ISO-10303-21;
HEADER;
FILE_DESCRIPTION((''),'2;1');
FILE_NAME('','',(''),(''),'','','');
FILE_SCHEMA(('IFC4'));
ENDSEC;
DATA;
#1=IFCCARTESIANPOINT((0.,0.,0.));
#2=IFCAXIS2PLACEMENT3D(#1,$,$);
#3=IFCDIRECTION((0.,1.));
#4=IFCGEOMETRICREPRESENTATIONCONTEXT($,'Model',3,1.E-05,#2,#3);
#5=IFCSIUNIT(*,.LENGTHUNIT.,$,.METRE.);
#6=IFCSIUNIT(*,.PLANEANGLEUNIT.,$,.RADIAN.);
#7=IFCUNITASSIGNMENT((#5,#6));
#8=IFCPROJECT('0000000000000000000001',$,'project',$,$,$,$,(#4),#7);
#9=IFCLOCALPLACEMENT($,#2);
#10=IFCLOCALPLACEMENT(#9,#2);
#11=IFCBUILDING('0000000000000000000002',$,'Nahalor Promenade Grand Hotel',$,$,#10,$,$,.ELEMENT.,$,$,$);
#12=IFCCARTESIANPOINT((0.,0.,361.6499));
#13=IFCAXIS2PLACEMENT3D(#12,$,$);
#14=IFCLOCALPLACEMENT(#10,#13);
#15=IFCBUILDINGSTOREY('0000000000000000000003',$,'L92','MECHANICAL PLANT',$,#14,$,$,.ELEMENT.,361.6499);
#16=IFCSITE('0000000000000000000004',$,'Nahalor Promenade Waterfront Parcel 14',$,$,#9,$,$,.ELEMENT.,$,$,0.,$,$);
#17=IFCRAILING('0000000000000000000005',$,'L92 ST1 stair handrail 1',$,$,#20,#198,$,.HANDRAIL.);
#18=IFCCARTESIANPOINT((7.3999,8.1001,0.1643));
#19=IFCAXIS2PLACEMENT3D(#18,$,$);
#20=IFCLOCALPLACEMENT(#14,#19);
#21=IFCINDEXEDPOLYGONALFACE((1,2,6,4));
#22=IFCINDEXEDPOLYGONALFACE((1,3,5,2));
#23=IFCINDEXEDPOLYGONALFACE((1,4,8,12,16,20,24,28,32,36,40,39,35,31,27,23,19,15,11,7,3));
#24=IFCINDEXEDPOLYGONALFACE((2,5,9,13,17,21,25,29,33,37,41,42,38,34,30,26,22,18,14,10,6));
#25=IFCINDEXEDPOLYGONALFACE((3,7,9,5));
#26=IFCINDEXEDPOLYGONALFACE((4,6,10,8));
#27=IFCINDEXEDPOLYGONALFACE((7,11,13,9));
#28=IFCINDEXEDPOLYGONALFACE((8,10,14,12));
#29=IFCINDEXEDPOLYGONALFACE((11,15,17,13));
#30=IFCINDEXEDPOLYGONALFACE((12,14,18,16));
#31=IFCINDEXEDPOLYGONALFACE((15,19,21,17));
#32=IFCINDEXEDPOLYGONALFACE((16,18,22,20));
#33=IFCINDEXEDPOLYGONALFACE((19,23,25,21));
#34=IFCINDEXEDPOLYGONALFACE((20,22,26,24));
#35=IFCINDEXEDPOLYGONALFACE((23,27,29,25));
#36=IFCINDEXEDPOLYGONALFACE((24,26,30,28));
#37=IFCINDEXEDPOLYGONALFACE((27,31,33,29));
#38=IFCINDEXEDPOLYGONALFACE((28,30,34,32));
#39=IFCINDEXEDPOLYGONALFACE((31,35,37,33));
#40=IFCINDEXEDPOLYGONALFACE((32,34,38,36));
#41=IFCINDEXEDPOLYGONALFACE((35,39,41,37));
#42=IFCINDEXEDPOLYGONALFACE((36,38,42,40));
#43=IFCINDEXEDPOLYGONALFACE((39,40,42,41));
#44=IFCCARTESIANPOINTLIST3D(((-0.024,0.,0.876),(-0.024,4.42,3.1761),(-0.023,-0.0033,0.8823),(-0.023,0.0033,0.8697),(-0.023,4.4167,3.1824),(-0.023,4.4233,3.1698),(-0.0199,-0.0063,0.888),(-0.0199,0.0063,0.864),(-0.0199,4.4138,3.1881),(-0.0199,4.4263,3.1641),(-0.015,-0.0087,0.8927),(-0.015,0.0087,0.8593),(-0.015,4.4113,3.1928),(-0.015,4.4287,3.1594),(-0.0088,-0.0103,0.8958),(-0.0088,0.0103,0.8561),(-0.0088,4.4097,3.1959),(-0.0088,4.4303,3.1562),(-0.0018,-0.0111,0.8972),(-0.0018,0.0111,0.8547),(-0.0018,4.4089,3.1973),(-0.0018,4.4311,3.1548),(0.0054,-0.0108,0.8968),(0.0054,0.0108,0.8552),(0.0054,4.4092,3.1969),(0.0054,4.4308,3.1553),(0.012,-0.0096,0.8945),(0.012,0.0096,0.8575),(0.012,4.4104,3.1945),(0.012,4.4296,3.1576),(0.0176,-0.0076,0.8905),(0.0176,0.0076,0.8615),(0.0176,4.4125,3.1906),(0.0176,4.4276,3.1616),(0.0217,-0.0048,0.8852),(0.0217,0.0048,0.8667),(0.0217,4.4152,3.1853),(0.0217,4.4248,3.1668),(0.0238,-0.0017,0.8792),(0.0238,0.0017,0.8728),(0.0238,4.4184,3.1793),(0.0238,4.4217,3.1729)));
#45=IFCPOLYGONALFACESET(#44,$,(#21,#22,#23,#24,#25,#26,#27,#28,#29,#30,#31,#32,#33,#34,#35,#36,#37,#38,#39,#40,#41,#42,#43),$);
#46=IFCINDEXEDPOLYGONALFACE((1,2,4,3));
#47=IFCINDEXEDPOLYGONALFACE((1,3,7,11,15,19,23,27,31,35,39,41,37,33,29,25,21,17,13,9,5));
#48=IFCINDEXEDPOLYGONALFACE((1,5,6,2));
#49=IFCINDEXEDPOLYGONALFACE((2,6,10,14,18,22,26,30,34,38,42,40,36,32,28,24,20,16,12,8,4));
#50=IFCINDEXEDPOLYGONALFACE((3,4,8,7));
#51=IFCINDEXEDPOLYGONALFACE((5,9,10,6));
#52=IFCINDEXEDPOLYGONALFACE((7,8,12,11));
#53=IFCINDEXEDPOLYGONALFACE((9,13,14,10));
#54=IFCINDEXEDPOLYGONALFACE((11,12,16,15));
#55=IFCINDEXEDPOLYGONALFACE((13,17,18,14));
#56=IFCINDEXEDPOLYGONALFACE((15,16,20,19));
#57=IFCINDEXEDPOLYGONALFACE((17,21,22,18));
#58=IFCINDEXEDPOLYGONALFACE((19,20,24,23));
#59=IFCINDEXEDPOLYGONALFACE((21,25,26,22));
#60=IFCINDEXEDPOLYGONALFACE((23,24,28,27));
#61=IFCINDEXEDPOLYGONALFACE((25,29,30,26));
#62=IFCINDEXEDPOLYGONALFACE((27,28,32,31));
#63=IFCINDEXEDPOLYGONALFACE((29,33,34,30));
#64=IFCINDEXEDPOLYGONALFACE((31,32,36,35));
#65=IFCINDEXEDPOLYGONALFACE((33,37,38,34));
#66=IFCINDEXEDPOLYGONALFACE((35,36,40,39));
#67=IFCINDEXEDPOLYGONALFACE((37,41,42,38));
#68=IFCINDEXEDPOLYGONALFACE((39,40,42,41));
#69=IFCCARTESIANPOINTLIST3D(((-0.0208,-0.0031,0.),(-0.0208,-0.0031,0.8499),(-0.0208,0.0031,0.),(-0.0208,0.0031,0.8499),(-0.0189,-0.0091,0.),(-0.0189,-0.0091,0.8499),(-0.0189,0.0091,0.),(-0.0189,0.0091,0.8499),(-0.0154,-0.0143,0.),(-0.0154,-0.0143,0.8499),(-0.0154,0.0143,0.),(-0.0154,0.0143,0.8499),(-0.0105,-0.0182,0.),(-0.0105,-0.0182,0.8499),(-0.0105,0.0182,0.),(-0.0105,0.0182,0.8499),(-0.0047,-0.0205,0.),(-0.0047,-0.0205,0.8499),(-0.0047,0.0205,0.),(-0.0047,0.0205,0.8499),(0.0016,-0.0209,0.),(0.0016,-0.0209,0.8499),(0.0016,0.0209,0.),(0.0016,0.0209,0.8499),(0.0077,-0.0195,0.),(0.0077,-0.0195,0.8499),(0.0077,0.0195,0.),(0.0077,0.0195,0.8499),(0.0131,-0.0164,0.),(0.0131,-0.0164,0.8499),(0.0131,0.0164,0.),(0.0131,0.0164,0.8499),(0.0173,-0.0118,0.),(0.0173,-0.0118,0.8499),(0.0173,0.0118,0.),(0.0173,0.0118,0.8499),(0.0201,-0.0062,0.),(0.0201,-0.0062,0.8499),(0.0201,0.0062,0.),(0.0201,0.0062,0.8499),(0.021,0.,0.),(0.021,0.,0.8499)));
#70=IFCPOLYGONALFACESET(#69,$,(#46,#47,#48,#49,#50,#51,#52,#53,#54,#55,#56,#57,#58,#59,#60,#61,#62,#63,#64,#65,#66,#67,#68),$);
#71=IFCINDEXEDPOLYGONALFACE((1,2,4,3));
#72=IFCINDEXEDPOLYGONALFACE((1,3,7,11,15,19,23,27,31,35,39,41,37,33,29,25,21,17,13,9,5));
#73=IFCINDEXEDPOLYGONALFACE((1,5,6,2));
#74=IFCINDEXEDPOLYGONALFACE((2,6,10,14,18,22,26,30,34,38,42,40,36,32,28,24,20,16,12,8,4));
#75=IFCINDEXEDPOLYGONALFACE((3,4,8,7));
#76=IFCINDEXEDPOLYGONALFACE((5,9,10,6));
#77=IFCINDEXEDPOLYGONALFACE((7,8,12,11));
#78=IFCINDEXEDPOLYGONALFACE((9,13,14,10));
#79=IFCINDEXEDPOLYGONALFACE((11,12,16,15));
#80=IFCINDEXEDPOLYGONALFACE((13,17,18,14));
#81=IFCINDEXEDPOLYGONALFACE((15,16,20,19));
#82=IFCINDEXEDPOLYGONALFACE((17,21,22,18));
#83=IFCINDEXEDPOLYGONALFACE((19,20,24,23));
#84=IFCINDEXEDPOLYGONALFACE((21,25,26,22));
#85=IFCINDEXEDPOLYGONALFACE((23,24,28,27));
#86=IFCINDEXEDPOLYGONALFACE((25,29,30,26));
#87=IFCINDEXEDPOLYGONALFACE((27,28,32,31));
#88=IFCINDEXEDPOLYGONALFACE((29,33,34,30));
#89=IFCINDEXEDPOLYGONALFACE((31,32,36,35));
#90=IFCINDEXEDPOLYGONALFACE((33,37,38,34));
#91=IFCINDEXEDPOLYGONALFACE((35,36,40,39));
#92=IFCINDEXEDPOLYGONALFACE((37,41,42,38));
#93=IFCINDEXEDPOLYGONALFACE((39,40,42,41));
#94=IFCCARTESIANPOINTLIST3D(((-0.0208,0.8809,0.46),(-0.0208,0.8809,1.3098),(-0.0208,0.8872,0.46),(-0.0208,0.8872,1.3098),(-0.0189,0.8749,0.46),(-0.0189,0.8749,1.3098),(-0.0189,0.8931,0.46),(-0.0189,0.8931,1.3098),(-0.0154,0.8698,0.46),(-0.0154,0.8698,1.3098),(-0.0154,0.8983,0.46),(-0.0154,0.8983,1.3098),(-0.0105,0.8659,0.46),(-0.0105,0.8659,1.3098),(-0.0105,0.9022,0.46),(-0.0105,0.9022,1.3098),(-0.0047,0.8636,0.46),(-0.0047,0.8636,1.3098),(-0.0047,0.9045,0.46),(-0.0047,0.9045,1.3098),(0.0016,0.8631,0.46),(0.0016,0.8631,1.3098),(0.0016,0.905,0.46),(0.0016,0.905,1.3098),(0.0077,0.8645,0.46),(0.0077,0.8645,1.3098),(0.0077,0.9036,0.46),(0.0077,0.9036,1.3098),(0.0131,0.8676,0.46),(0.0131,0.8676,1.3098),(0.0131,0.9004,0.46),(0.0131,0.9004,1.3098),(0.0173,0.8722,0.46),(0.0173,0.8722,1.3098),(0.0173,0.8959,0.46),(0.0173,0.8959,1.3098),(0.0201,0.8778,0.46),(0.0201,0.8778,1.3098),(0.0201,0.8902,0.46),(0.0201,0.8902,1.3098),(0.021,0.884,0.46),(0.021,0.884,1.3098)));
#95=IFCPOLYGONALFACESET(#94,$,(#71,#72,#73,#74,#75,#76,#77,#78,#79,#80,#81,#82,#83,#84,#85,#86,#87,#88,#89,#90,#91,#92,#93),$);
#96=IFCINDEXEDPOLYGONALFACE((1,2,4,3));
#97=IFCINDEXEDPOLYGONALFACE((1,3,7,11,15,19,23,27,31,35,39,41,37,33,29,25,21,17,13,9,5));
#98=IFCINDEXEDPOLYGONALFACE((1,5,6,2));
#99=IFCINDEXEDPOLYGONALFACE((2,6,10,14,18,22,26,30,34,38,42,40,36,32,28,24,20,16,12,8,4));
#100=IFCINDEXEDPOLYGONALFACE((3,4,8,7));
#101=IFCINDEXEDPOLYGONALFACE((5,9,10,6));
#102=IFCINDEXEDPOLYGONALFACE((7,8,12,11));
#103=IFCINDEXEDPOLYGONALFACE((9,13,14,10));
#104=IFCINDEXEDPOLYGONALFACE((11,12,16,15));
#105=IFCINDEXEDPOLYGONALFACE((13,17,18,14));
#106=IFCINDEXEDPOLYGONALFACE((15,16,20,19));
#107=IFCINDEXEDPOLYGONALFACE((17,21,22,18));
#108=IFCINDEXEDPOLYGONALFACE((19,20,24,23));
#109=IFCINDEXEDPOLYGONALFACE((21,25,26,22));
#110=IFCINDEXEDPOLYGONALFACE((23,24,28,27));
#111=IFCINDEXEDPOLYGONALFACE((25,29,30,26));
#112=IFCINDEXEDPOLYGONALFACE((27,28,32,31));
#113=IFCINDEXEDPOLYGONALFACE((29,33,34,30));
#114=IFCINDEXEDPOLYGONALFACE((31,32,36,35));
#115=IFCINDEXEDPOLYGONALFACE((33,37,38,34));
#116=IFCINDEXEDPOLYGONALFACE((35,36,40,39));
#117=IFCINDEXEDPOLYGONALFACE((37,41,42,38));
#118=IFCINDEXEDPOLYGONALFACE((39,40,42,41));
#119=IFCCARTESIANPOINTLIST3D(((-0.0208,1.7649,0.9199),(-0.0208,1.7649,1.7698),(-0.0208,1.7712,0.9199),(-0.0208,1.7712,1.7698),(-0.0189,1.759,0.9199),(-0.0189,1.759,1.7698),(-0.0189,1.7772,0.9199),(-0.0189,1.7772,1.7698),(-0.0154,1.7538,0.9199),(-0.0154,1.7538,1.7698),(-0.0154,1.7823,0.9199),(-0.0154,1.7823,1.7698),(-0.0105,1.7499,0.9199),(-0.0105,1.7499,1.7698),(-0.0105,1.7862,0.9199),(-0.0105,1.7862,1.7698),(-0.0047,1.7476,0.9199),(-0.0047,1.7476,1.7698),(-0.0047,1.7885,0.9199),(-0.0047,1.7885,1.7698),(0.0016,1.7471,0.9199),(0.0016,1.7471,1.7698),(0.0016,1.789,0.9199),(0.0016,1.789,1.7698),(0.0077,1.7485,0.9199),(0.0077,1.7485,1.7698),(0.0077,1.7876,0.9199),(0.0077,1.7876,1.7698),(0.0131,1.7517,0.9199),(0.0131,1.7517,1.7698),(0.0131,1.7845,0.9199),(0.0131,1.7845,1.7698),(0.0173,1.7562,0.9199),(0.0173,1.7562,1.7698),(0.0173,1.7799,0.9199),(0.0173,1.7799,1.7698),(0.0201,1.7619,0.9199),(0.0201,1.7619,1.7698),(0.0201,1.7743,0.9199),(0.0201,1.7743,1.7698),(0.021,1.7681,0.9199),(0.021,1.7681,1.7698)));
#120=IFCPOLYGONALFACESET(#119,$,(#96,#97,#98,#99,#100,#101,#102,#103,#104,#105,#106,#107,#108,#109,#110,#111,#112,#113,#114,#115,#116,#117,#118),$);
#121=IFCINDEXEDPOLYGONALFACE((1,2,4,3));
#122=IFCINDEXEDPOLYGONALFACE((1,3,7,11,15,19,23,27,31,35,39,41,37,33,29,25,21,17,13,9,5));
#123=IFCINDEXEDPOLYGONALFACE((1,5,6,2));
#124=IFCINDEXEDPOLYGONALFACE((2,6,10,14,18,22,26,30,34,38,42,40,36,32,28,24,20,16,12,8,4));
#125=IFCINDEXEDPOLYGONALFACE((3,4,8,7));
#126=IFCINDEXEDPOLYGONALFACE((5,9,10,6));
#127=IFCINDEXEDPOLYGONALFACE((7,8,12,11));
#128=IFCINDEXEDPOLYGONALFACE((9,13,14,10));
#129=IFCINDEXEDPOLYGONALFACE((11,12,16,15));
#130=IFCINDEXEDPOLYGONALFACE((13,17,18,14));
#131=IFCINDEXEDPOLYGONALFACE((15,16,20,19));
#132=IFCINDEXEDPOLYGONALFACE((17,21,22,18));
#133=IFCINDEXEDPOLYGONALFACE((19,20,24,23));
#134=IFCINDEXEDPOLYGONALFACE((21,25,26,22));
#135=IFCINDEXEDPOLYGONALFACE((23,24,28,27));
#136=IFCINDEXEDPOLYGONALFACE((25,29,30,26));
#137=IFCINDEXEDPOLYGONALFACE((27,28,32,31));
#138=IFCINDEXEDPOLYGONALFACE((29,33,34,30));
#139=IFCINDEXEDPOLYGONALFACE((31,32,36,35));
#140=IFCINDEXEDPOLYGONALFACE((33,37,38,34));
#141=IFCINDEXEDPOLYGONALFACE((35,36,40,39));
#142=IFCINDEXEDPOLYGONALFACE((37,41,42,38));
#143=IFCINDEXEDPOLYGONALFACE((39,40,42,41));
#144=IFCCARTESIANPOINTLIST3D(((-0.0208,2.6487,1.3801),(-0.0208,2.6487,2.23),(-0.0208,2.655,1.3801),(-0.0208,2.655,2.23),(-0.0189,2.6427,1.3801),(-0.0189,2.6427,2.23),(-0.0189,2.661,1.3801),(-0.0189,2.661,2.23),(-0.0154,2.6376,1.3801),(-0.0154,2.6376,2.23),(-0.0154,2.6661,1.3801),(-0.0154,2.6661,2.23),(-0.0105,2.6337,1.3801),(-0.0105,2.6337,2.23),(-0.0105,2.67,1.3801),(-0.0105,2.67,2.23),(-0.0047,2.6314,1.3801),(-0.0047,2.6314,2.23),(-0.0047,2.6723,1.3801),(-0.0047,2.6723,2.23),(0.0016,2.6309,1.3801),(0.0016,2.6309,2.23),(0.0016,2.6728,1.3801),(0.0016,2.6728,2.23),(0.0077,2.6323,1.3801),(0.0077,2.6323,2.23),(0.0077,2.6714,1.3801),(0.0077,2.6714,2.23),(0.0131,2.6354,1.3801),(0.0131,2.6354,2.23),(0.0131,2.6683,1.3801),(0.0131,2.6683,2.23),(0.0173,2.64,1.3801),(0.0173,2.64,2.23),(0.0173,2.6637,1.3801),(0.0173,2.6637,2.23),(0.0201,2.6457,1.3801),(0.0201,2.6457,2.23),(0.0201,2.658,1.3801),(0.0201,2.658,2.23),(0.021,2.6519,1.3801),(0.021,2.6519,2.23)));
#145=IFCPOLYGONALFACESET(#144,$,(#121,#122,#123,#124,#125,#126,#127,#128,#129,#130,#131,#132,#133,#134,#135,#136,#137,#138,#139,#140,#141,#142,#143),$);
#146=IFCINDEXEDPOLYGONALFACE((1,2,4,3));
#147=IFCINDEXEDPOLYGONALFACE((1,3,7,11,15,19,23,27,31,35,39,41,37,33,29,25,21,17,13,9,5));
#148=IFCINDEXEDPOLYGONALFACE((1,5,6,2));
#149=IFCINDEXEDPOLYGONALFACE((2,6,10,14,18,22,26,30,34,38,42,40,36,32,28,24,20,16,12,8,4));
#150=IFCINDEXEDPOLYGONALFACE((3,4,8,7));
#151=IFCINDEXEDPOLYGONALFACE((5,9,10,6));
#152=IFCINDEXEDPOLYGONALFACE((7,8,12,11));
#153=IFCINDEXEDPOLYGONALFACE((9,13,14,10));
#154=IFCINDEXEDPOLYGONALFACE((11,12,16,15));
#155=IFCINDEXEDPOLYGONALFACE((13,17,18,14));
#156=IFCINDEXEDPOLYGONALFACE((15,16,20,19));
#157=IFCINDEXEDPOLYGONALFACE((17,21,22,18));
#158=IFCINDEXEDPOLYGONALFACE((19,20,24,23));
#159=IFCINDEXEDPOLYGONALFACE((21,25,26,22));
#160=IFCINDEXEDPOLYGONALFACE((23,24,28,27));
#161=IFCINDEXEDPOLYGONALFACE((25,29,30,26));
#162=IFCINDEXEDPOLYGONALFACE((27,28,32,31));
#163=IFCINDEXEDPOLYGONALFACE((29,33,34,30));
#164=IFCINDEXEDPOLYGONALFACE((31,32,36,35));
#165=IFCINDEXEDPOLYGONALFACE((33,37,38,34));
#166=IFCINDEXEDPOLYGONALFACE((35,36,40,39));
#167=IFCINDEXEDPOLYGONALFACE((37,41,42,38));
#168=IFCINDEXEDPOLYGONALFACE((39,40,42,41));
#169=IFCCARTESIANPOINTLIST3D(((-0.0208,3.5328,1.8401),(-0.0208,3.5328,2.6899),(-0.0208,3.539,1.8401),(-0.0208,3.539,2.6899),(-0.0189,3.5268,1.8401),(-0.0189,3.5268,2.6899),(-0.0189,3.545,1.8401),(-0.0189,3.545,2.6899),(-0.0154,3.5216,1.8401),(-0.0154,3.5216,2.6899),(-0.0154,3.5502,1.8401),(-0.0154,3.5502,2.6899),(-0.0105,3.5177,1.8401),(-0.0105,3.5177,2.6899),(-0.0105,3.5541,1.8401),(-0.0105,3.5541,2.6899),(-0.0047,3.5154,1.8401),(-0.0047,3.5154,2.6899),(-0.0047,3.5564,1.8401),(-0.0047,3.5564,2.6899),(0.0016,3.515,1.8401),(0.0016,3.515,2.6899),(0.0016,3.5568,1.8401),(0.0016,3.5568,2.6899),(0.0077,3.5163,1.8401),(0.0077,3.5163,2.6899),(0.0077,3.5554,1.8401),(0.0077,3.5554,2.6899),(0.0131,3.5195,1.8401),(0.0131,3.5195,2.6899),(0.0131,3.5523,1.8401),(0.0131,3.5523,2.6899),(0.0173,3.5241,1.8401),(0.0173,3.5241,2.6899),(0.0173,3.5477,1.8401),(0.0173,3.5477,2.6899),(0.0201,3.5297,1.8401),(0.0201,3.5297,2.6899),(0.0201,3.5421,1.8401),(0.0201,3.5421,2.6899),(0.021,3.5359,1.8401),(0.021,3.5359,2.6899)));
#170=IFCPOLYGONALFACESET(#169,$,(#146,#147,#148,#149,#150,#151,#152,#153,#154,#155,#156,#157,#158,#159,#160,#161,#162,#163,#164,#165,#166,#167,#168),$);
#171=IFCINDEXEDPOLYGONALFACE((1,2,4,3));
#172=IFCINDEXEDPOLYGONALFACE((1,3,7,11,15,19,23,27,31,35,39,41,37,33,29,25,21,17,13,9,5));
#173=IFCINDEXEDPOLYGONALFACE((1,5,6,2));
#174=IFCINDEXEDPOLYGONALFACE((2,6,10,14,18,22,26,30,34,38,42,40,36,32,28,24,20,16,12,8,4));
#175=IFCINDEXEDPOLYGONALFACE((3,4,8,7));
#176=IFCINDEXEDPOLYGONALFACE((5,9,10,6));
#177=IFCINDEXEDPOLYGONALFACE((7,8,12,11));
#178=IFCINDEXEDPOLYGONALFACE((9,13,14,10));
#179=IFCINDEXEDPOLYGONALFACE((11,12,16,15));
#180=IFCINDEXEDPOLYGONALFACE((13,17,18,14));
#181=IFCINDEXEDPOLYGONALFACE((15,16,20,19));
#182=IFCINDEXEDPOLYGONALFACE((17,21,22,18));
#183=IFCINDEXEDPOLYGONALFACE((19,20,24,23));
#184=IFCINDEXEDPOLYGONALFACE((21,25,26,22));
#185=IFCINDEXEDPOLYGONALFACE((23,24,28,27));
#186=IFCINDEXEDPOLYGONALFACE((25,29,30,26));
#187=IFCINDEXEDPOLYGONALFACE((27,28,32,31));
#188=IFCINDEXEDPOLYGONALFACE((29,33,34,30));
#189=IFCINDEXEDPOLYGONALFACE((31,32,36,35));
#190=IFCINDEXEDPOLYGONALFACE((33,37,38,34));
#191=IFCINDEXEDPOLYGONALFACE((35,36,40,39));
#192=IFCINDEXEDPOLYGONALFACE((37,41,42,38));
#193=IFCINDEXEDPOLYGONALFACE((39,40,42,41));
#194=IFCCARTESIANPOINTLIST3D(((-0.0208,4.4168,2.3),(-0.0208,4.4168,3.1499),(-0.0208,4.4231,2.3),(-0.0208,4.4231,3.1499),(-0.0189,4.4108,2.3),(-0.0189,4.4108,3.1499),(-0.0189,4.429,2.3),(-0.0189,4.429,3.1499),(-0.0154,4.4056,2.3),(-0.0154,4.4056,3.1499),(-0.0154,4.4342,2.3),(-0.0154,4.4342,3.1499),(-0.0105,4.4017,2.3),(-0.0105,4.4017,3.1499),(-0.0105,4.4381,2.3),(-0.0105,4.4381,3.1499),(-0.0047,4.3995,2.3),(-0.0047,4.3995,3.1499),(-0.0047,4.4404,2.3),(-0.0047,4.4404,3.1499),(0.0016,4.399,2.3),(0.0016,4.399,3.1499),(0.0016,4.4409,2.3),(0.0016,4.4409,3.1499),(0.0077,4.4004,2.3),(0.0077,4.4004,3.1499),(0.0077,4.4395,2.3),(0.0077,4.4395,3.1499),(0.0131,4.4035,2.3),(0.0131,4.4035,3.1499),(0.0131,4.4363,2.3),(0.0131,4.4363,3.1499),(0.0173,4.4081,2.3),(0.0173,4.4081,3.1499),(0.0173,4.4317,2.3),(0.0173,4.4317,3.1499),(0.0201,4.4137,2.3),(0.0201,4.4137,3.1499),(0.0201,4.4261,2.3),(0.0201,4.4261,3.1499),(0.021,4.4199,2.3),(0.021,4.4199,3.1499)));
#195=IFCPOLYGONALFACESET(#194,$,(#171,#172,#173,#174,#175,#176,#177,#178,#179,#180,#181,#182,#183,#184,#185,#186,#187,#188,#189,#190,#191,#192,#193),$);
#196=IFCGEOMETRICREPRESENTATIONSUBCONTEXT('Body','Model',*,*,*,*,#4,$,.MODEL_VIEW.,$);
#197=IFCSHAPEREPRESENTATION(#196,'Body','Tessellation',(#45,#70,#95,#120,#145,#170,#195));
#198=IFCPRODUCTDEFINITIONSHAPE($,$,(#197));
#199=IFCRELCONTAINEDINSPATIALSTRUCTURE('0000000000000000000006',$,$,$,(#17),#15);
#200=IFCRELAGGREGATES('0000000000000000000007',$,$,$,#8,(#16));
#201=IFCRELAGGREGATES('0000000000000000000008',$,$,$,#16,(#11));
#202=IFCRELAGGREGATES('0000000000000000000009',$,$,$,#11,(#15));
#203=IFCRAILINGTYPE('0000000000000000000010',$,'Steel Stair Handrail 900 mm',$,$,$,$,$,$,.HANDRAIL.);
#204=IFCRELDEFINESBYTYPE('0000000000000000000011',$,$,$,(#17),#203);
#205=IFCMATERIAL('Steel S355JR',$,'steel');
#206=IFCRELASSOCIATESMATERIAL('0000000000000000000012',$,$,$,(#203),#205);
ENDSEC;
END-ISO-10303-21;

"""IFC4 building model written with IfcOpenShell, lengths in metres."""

from ifc_helpers import new_model, si_unit, direction, frame, origin, origin_2d, place, context, subcontext, project, spatial, circle, extrude, material, type_object, element, save


model = new_model("IFC4")

# Units and contexts
model_context = context("Model", 3, precision=1e-05, world=origin(), true_north=direction((0.0, 1.0)))
body_context = subcontext(model_context, "Body", "Model", "MODEL_VIEW")
ifc_project = project(units=[si_unit("LENGTHUNIT", "METRE"), si_unit("PLANEANGLEUNIT", "RADIAN")], contexts=[model_context])

# Site, building, storey
site_placement = place(None, origin())
site = spatial("IfcSite", under=ifc_project, at=site_placement, Name="Nahalor Promenade Waterfront Parcel 14", CompositionType="ELEMENT", RefElevation=0.0)
building_placement = place(site_placement, origin())
building = spatial("IfcBuilding", under=site, at=building_placement, Name="Nahalor Promenade Grand Hotel", CompositionType="ELEMENT")
storey_placement = place(building_placement, frame((0.0, 0.0, 361.6499)))
storey = spatial("IfcBuildingStorey", under=building, at=storey_placement, Name="L92", Description="MECHANICAL PLANT", CompositionType="ELEMENT", Elevation=361.6499)

# Shared definitions
ifc_material_1 = material(Name="Steel S355JR", Category="steel")

# Railing
railing_type_1 = type_object("IfcRailingType", Name="Steel Stair Handrail 900 mm", PredefinedType="HANDRAIL", material=ifc_material_1)
railing_1_placement = place(storey_placement, frame((7.3999, 8.1001, 0.1643)))
element("IfcRailing", 1, at=railing_1_placement, inside=storey, type_object=railing_type_1, Name="L92 ST1 stair handrail 1", PredefinedType="HANDRAIL", context=body_context, shape_type="SweptSolid", body=[
    extrude(circle(Radius=0.024, at=origin_2d()), frame((0.0, 0.0, 0.876), z_axis=(0.0, 0.887078, 0.46162), x_axis=(-1.0, 0.0, 0.0)), (0.0, 0.0, 1.0), 4.9827),
    extrude(circle(Radius=0.021, at=origin_2d()), origin(), (0.0, 0.0, 1.0), 0.8499),
    extrude(circle(Radius=0.021, at=origin_2d()), frame((0.0, 0.884, 0.46)), (0.0, 0.0, 1.0), 0.8499),
    extrude(circle(Radius=0.021, at=origin_2d()), frame((0.0, 1.7681, 0.9199)), (0.0, 0.0, 1.0), 0.8499),
    extrude(circle(Radius=0.021, at=origin_2d()), frame((0.0, 2.6519, 1.3801)), (0.0, 0.0, 1.0), 0.8499),
    extrude(circle(Radius=0.021, at=origin_2d()), frame((0.0, 3.5359, 1.8401)), (0.0, 0.0, 1.0), 0.8499),
    extrude(circle(Radius=0.021, at=origin_2d()), frame((0.0, 4.4199, 2.3)), (0.0, 0.0, 1.0), 0.8499),
])

save(model, "model.ifc")
